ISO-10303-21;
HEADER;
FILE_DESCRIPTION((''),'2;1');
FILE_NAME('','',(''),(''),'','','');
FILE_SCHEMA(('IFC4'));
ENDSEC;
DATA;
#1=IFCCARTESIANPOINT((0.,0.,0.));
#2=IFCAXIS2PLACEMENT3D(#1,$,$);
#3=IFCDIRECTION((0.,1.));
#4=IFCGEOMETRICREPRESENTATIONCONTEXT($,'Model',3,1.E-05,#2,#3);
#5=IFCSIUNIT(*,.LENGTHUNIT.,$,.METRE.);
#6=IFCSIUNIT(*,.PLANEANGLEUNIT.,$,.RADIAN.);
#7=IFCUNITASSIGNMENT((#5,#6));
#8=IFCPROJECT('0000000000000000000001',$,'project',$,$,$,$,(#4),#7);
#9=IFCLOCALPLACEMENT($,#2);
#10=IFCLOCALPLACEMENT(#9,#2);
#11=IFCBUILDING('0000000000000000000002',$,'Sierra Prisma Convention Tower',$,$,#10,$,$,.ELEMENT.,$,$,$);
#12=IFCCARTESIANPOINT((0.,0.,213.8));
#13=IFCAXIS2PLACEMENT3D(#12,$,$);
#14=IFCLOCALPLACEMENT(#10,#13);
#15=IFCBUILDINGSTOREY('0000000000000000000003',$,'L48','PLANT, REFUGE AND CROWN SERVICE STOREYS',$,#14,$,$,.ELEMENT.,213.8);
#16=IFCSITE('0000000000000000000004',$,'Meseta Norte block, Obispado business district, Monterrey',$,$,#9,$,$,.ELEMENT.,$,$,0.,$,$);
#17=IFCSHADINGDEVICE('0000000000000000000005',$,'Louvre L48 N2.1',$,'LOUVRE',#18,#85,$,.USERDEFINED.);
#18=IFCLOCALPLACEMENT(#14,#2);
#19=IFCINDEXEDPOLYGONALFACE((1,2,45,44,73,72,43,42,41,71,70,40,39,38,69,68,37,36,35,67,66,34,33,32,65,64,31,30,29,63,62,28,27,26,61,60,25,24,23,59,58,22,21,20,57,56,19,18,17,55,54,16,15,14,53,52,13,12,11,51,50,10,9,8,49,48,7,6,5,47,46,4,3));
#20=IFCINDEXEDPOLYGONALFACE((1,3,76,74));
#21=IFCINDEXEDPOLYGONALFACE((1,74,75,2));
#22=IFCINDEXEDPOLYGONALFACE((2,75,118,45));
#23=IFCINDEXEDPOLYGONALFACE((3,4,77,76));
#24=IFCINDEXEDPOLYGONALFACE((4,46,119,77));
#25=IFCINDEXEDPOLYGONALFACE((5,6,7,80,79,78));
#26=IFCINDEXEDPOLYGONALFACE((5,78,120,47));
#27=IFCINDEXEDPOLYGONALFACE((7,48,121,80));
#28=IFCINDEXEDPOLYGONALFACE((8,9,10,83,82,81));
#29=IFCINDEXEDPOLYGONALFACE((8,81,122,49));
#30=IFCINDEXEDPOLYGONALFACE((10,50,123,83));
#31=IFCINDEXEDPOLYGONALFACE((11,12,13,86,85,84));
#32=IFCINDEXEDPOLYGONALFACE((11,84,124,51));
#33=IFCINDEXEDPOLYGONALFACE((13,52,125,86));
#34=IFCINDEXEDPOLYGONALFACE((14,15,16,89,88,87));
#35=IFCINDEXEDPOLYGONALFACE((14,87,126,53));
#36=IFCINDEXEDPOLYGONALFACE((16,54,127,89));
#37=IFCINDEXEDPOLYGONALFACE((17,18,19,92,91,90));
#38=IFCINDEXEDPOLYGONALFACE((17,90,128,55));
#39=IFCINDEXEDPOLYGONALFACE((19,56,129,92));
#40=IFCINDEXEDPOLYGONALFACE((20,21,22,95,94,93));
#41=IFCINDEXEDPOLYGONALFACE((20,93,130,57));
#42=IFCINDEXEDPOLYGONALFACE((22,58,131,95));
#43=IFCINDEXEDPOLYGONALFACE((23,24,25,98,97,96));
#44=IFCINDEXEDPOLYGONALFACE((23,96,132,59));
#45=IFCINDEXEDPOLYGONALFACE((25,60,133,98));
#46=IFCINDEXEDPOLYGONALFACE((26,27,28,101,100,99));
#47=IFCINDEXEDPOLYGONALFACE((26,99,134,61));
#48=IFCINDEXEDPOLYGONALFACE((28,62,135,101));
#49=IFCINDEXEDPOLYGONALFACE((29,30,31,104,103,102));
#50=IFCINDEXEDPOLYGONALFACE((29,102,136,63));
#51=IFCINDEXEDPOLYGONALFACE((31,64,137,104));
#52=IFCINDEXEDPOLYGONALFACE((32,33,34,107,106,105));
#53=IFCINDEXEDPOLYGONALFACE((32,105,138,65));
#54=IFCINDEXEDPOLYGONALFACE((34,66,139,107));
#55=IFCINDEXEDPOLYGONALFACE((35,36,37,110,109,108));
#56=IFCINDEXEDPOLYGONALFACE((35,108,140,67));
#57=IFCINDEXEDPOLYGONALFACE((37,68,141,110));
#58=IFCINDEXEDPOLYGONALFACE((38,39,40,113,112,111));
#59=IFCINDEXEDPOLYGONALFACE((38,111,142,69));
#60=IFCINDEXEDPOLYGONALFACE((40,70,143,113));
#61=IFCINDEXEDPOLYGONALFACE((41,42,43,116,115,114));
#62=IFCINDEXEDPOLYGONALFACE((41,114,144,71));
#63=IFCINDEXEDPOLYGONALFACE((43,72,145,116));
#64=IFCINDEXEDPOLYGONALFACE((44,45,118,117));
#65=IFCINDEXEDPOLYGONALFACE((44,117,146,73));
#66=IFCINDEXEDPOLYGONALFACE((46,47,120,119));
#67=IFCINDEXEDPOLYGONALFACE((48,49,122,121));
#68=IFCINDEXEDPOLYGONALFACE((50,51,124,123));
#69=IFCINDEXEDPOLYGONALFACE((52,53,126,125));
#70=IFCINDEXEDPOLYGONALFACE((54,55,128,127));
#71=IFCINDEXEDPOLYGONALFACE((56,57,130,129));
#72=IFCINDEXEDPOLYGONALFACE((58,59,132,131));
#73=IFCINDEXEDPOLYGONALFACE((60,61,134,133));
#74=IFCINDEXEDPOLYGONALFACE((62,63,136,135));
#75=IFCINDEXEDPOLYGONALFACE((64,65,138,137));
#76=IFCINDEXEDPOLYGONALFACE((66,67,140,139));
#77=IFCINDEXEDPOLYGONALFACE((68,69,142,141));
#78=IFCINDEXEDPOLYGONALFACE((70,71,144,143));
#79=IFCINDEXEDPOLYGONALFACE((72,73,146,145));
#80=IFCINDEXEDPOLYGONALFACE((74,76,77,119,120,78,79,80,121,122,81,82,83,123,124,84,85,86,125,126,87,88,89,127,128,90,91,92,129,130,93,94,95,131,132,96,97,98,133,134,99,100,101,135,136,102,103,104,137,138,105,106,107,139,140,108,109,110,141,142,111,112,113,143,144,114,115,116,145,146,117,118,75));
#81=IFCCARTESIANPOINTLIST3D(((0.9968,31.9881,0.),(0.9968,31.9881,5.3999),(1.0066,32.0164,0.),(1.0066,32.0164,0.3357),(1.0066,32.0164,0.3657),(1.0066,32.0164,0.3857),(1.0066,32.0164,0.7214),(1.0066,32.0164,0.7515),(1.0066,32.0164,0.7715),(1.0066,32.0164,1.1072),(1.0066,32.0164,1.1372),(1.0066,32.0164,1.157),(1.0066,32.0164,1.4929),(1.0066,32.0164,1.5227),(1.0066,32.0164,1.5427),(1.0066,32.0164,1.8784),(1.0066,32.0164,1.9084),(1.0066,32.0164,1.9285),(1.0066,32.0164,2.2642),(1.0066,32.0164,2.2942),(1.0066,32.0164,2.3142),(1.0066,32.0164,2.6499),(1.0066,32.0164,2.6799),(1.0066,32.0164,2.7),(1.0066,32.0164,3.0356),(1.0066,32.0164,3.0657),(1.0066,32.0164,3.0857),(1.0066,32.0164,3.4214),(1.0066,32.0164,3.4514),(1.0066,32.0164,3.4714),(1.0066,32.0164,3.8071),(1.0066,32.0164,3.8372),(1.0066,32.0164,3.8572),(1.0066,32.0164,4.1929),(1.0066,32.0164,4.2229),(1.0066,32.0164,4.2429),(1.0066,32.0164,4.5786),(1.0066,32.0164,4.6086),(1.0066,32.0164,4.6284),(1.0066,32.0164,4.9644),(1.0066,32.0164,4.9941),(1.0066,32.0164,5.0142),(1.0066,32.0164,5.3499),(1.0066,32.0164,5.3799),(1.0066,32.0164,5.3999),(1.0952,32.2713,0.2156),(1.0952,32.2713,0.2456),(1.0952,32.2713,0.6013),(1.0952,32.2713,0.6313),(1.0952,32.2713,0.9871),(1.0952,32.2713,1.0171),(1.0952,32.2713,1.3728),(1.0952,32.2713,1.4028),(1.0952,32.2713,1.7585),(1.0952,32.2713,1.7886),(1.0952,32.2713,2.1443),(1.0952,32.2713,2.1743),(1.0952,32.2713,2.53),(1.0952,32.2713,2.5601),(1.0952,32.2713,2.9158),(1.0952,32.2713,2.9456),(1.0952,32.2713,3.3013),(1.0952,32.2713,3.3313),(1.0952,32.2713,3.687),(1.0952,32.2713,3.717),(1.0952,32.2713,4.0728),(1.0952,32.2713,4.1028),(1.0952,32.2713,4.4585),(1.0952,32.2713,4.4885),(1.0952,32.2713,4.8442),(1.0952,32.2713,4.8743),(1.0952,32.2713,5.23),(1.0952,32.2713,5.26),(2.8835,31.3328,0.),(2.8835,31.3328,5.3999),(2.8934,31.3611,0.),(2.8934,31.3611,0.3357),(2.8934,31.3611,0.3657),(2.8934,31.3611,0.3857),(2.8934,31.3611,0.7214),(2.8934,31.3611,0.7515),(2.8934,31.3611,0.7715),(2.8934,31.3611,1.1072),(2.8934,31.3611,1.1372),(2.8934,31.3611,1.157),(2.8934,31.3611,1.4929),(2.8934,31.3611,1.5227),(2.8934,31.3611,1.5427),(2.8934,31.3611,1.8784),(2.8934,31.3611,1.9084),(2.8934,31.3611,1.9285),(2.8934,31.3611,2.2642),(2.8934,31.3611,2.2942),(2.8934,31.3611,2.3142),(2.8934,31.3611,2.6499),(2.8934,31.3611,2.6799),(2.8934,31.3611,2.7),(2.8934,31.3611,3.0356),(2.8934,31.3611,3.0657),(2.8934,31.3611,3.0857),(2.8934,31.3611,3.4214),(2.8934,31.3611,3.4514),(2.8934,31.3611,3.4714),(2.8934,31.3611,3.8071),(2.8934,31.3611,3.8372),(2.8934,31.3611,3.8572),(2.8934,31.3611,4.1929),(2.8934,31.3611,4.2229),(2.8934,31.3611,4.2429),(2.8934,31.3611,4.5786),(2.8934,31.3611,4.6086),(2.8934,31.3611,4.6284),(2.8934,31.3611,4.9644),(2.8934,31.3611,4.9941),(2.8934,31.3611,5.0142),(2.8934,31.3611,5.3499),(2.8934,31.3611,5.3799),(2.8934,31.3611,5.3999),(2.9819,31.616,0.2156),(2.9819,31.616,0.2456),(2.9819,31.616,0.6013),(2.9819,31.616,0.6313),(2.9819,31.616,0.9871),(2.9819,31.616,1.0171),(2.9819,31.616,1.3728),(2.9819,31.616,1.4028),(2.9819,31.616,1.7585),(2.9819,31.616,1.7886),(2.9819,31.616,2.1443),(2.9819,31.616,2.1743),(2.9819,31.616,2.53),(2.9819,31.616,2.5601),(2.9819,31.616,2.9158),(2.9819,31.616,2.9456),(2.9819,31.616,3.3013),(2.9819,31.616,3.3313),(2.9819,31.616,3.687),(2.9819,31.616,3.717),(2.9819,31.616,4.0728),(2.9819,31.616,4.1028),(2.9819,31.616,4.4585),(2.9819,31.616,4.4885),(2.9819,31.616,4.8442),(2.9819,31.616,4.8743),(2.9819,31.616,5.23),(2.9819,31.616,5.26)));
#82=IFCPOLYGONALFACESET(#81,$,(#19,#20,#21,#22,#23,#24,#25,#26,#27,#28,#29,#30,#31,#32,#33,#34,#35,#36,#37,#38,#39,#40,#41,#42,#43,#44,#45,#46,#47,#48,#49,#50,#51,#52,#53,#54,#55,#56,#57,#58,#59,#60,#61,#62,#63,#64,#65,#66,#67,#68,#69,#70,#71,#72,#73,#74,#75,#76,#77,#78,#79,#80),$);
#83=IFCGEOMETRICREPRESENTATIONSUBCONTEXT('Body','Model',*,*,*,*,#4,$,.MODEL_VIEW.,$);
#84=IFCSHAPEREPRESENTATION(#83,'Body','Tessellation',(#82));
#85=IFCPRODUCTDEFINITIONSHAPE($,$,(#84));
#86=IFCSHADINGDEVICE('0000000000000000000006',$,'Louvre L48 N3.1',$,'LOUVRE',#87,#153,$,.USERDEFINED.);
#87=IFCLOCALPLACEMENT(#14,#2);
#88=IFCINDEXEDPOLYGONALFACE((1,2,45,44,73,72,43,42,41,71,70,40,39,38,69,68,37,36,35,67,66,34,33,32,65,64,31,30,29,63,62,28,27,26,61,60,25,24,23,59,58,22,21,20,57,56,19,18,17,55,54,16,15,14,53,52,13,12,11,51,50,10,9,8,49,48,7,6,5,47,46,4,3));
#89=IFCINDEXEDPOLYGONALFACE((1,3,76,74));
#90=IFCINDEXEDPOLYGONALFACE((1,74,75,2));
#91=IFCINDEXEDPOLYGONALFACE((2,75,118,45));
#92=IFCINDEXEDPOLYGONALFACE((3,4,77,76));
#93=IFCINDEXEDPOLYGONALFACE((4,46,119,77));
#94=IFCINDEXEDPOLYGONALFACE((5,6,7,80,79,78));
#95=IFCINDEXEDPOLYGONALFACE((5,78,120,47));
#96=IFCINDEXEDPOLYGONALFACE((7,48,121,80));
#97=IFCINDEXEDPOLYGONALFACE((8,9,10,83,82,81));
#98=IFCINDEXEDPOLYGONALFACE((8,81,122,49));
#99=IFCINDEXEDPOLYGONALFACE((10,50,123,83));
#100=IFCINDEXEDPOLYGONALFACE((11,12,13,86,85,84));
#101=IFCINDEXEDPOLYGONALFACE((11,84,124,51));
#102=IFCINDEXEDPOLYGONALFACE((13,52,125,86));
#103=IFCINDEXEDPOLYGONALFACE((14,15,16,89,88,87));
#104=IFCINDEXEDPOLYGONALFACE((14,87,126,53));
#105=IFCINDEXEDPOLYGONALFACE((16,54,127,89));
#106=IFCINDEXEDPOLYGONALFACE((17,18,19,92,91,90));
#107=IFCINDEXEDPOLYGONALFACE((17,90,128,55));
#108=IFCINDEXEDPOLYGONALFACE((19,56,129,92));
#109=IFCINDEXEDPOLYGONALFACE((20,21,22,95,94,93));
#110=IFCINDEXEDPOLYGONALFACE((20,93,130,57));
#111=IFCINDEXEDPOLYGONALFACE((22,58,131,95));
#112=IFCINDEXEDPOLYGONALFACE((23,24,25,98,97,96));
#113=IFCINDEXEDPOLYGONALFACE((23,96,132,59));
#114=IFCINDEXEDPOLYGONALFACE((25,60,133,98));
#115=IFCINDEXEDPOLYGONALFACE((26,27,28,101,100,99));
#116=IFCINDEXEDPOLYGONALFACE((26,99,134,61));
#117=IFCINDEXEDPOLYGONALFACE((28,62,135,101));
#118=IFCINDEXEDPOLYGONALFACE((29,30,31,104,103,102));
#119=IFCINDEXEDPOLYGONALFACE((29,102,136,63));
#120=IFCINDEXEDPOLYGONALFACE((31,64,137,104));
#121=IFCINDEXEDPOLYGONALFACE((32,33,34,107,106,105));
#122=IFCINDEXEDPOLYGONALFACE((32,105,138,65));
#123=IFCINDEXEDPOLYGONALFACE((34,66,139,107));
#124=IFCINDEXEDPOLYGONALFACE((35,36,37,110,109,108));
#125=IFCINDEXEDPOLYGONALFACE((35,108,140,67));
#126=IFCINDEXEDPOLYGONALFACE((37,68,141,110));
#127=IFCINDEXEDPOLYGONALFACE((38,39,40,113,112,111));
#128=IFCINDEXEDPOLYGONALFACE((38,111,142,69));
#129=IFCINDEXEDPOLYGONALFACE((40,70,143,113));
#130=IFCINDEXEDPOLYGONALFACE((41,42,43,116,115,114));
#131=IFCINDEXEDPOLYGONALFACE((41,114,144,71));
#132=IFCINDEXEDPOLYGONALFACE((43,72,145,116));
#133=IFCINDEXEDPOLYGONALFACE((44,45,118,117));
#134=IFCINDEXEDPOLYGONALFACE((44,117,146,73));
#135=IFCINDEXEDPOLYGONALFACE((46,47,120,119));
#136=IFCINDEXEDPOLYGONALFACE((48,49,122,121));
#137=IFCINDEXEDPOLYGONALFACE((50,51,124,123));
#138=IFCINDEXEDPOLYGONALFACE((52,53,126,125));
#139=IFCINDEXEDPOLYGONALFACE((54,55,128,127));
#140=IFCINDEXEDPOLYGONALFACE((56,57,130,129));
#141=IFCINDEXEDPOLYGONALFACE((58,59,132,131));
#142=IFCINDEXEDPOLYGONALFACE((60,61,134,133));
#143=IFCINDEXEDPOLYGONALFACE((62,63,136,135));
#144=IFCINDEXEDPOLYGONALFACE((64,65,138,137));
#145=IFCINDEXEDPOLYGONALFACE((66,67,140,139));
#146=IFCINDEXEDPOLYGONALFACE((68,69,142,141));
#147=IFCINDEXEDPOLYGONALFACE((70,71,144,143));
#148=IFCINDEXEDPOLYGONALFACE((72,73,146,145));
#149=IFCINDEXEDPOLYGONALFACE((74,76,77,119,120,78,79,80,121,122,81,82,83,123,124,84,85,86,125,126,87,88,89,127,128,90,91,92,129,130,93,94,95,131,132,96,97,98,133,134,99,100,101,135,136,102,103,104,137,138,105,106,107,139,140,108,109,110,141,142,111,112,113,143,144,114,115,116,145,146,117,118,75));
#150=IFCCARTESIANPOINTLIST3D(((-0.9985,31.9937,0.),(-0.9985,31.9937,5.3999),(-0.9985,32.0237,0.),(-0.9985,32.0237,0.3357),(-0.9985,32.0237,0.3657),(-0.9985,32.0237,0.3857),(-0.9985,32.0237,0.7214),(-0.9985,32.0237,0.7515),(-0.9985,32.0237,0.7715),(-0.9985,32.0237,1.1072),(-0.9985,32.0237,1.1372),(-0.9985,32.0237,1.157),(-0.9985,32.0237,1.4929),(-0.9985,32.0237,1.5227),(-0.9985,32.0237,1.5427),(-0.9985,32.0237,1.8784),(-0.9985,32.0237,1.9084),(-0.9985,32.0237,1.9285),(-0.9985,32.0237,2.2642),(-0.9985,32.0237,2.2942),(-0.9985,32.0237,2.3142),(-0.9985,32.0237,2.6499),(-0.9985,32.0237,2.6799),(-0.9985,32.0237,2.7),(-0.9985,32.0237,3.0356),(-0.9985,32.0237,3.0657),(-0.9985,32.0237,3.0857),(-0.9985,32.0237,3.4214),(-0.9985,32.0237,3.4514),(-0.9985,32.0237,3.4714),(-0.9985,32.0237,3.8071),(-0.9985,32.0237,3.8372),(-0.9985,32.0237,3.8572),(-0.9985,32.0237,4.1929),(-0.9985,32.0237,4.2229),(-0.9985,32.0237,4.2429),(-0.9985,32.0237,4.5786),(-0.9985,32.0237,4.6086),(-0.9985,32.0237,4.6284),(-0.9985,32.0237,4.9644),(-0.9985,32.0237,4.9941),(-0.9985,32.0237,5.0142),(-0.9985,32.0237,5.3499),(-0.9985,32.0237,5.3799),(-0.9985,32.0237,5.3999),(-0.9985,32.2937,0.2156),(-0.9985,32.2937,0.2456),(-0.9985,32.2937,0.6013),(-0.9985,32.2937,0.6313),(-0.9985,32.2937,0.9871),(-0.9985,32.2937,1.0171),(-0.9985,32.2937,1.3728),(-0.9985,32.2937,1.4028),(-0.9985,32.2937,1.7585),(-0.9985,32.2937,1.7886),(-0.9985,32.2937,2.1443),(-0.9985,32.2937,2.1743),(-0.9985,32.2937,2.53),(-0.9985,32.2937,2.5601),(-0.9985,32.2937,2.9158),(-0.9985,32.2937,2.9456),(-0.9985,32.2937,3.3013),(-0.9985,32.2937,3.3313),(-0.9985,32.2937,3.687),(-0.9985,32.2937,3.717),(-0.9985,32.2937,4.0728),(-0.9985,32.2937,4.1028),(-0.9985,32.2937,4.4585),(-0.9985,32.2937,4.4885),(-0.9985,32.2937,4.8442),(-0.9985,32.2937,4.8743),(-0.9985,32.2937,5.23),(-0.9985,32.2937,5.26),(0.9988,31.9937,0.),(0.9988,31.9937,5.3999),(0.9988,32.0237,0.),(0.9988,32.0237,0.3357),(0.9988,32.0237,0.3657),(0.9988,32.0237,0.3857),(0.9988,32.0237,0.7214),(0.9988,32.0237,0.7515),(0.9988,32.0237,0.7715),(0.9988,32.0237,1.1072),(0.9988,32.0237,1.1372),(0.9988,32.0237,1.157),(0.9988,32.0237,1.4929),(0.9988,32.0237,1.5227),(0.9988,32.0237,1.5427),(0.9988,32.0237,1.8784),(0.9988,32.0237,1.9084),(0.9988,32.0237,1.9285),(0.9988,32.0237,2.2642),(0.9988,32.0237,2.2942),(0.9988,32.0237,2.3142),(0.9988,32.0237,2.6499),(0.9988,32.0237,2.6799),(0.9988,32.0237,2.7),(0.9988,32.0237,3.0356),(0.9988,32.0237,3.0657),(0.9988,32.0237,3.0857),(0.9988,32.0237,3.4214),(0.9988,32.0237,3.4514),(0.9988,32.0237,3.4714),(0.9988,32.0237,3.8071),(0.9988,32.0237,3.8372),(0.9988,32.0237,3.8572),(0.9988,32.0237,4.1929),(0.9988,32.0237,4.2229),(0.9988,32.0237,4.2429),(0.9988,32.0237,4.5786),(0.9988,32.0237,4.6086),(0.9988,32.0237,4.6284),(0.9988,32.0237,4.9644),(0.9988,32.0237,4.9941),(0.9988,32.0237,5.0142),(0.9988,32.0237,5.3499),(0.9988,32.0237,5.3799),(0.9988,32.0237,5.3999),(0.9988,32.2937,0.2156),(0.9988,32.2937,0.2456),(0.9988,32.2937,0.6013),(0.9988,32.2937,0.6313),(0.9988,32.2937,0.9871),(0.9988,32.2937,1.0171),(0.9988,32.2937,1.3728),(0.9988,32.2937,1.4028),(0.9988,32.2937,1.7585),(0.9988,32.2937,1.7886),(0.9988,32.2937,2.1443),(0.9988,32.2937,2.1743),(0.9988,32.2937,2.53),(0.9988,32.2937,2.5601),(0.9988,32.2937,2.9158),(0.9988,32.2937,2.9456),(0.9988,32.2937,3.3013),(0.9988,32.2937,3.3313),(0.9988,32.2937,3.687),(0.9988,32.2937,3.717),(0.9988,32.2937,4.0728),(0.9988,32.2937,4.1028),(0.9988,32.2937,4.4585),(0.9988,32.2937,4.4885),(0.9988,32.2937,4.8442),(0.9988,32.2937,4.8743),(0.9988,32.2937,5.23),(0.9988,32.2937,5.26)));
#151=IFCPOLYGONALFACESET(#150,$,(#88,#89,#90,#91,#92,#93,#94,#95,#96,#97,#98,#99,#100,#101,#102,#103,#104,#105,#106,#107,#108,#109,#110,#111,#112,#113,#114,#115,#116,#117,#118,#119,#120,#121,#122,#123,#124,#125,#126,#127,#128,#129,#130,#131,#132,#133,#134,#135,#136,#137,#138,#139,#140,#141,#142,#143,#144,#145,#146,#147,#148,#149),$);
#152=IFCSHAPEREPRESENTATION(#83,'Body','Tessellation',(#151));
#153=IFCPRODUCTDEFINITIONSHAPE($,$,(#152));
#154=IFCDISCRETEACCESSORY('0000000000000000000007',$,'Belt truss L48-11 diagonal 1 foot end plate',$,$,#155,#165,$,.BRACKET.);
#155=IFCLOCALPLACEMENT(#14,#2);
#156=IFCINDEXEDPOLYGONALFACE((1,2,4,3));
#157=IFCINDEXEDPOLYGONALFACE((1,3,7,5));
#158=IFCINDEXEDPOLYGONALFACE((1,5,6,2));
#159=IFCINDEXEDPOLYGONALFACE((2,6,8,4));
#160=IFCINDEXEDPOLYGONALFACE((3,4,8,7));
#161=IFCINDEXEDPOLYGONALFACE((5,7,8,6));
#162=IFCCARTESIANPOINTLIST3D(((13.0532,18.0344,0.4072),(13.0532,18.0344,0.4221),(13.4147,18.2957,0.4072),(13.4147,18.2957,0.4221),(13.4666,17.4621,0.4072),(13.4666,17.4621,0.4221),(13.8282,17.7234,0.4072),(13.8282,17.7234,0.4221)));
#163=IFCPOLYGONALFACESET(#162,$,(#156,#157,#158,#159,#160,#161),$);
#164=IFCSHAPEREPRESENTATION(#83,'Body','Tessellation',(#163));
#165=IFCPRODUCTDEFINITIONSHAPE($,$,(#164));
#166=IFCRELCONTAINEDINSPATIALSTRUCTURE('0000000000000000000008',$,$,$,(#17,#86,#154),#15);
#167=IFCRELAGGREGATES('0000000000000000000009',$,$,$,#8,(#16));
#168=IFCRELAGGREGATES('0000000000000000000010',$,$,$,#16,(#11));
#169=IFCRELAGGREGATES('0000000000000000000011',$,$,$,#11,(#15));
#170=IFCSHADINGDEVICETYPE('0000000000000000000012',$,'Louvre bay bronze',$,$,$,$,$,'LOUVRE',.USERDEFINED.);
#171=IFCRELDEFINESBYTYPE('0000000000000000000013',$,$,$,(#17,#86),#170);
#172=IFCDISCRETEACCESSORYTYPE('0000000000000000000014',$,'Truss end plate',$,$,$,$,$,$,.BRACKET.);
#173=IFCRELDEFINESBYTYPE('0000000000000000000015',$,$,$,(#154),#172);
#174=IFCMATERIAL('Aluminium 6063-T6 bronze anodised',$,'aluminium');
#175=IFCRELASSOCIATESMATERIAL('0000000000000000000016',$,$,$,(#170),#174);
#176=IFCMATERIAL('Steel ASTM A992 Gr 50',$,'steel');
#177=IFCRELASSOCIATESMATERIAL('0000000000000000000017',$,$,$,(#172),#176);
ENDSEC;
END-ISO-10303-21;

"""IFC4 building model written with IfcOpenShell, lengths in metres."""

from ifc_helpers import new_model, si_unit, direction, frame, origin, origin_2d, place, context, subcontext, project, spatial, polyline, rectangle, outline, extrude, material, type_object, element, save


model = new_model("IFC4")

# Units and contexts
model_context = context("Model", 3, precision=1e-05, world=origin(), true_north=direction((0.0, 1.0)))
body_context = subcontext(model_context, "Body", "Model", "MODEL_VIEW")
ifc_project = project(units=[si_unit("LENGTHUNIT", "METRE"), si_unit("PLANEANGLEUNIT", "RADIAN")], contexts=[model_context])

# Site, building, storey
site_placement = place(None, origin())
site = spatial("IfcSite", under=ifc_project, at=site_placement, Name="Meseta Norte block, Obispado business district, Monterrey", CompositionType="ELEMENT", RefElevation=0.0)
building_placement = place(site_placement, origin())
building = spatial("IfcBuilding", under=site, at=building_placement, Name="Sierra Prisma Convention Tower", CompositionType="ELEMENT")
storey_placement = place(building_placement, frame((0.0, 0.0, 213.8)))
storey = spatial("IfcBuildingStorey", under=building, at=storey_placement, Name="L48", Description="PLANT, REFUGE AND CROWN SERVICE STOREYS", CompositionType="ELEMENT", Elevation=213.8)

# Shading devices
ifc_material_1 = material(Name="Aluminium 6063-T6 bronze anodised", Category="aluminium")
shading_device_type = type_object("IfcShadingDeviceType", Name="Louvre bay bronze", ElementType="LOUVRE", PredefinedType="USERDEFINED", material=ifc_material_1)
shading_device_1_placement = place(storey_placement, frame((2.8835, 31.3328, 0.0), z_axis=(0.944642, -0.328104, 0.0), x_axis=(0.0, 0.0, 1.0)))
element("IfcShadingDevice", 1, at=shading_device_1_placement, inside=storey, type_object=shading_device_type, Name="Louvre L48 N2.1", ObjectType="LOUVRE", PredefinedType="USERDEFINED", context=body_context, shape_type="SweptSolid", body=[
    extrude(outline(polyline([(0.0, 0.0), (5.3999, 0.0), (5.3999, -0.03), (5.3799, -0.03), (5.26, -0.2998), (5.23, -0.2998), (5.3499, -0.03), (5.0142, -0.03), (4.9941, -0.03), (4.8743, -0.2998), (4.8442, -0.2998), (4.9644, -0.03), (4.6284, -0.03), (4.6086, -0.03), (4.4885, -0.2998), (4.4585, -0.2998), (4.5786, -0.03), (4.2429, -0.03), (4.2229, -0.03), (4.1028, -0.2998), (4.0728, -0.2998), (4.1929, -0.03), (3.8572, -0.03), (3.8372, -0.03), (3.717, -0.2998), (3.687, -0.2998), (3.8071, -0.03), (3.4714, -0.03), (3.4514, -0.03), (3.3313, -0.2998), (3.3013, -0.2998), (3.4214, -0.03), (3.0857, -0.03), (3.0657, -0.03), (2.9456, -0.2998), (2.9158, -0.2998), (3.0356, -0.03), (2.7, -0.03), (2.6799, -0.03), (2.5601, -0.2998), (2.53, -0.2998), (2.6499, -0.03), (2.3142, -0.03), (2.2942, -0.03), (2.1743, -0.2998), (2.1443, -0.2998), (2.2642, -0.03), (1.9285, -0.03), (1.9084, -0.03), (1.7886, -0.2998), (1.7585, -0.2998), (1.8784, -0.03), (1.5427, -0.03), (1.5227, -0.03), (1.4028, -0.2998), (1.3728, -0.2998), (1.4929, -0.03), (1.157, -0.03), (1.1372, -0.03), (1.0171, -0.2998), (0.9871, -0.2998), (1.1072, -0.03), (0.7715, -0.03), (0.7515, -0.03), (0.6313, -0.2998), (0.6013, -0.2998), (0.7214, -0.03), (0.3857, -0.03), (0.3657, -0.03), (0.2456, -0.2998), (0.2156, -0.2998), (0.3357, -0.03), (0.0, -0.03), (0.0, 0.0)])), origin(), (0.0, 0.0, -1.0), 1.9973),
])
shading_device_2_placement = place(storey_placement, frame((0.9988, 31.9937, 0.0), z_axis=(1.0, 0.0, 0.0), x_axis=(0.0, 0.0, 1.0)))
element("IfcShadingDevice", 2, at=shading_device_2_placement, inside=storey, type_object=shading_device_type, Name="Louvre L48 N3.1", ObjectType="LOUVRE", PredefinedType="USERDEFINED", context=body_context, shape_type="SweptSolid", body=[
    extrude(outline(polyline([(0.0, 0.0), (5.3999, 0.0), (5.3999, -0.03), (5.3799, -0.03), (5.26, -0.3), (5.23, -0.3), (5.3499, -0.03), (5.0142, -0.03), (4.9941, -0.03), (4.8743, -0.3), (4.8442, -0.3), (4.9644, -0.03), (4.6284, -0.03), (4.6086, -0.03), (4.4885, -0.3), (4.4585, -0.3), (4.5786, -0.03), (4.2429, -0.03), (4.2229, -0.03), (4.1028, -0.3), (4.0728, -0.3), (4.1929, -0.03), (3.8572, -0.03), (3.8372, -0.03), (3.717, -0.3), (3.687, -0.3), (3.8071, -0.03), (3.4714, -0.03), (3.4514, -0.03), (3.3313, -0.3), (3.3013, -0.3), (3.4214, -0.03), (3.0857, -0.03), (3.0657, -0.03), (2.9456, -0.3), (2.9158, -0.3), (3.0356, -0.03), (2.7, -0.03), (2.6799, -0.03), (2.5601, -0.3), (2.53, -0.3), (2.6499, -0.03), (2.3142, -0.03), (2.2942, -0.03), (2.1743, -0.3), (2.1443, -0.3), (2.2642, -0.03), (1.9285, -0.03), (1.9084, -0.03), (1.7886, -0.3), (1.7585, -0.3), (1.8784, -0.03), (1.5427, -0.03), (1.5227, -0.03), (1.4028, -0.3), (1.3728, -0.3), (1.4929, -0.03), (1.157, -0.03), (1.1372, -0.03), (1.0171, -0.3), (0.9871, -0.3), (1.1072, -0.03), (0.7715, -0.03), (0.7515, -0.03), (0.6313, -0.3), (0.6013, -0.3), (0.7214, -0.03), (0.3857, -0.03), (0.3657, -0.03), (0.2456, -0.3), (0.2156, -0.3), (0.3357, -0.03), (0.0, -0.03), (0.0, 0.0)])), origin(), (0.0, 0.0, -1.0), 1.9973),
])

# Discrete accessory
ifc_material_2 = material(Name="Steel ASTM A992 Gr 50", Category="steel")
discrete_accessory_type = type_object("IfcDiscreteAccessoryType", Name="Truss end plate", PredefinedType="BRACKET", material=ifc_material_2)
for number, where, z_axis, x_axis, name in (
    (3, (13.4407, 17.8789, 0.4072), (0.0, 0.0, 1.0), (-0.585644, 0.810568, 0.0), "Belt truss L48-11 diagonal 1 foot end plate"),
):
    element("IfcDiscreteAccessory", number, at=place(storey_placement, frame(where, z_axis=z_axis, x_axis=x_axis)), inside=storey, type_object=discrete_accessory_type, Name=name, PredefinedType="BRACKET", context=body_context, shape_type="SweptSolid", body=[
        extrude(rectangle(XDim=0.7061, YDim=0.446, at=origin_2d()), origin(), (0.0, 0.0, 1.0), 0.0149),
    ])

save(model, "model.ifc")
